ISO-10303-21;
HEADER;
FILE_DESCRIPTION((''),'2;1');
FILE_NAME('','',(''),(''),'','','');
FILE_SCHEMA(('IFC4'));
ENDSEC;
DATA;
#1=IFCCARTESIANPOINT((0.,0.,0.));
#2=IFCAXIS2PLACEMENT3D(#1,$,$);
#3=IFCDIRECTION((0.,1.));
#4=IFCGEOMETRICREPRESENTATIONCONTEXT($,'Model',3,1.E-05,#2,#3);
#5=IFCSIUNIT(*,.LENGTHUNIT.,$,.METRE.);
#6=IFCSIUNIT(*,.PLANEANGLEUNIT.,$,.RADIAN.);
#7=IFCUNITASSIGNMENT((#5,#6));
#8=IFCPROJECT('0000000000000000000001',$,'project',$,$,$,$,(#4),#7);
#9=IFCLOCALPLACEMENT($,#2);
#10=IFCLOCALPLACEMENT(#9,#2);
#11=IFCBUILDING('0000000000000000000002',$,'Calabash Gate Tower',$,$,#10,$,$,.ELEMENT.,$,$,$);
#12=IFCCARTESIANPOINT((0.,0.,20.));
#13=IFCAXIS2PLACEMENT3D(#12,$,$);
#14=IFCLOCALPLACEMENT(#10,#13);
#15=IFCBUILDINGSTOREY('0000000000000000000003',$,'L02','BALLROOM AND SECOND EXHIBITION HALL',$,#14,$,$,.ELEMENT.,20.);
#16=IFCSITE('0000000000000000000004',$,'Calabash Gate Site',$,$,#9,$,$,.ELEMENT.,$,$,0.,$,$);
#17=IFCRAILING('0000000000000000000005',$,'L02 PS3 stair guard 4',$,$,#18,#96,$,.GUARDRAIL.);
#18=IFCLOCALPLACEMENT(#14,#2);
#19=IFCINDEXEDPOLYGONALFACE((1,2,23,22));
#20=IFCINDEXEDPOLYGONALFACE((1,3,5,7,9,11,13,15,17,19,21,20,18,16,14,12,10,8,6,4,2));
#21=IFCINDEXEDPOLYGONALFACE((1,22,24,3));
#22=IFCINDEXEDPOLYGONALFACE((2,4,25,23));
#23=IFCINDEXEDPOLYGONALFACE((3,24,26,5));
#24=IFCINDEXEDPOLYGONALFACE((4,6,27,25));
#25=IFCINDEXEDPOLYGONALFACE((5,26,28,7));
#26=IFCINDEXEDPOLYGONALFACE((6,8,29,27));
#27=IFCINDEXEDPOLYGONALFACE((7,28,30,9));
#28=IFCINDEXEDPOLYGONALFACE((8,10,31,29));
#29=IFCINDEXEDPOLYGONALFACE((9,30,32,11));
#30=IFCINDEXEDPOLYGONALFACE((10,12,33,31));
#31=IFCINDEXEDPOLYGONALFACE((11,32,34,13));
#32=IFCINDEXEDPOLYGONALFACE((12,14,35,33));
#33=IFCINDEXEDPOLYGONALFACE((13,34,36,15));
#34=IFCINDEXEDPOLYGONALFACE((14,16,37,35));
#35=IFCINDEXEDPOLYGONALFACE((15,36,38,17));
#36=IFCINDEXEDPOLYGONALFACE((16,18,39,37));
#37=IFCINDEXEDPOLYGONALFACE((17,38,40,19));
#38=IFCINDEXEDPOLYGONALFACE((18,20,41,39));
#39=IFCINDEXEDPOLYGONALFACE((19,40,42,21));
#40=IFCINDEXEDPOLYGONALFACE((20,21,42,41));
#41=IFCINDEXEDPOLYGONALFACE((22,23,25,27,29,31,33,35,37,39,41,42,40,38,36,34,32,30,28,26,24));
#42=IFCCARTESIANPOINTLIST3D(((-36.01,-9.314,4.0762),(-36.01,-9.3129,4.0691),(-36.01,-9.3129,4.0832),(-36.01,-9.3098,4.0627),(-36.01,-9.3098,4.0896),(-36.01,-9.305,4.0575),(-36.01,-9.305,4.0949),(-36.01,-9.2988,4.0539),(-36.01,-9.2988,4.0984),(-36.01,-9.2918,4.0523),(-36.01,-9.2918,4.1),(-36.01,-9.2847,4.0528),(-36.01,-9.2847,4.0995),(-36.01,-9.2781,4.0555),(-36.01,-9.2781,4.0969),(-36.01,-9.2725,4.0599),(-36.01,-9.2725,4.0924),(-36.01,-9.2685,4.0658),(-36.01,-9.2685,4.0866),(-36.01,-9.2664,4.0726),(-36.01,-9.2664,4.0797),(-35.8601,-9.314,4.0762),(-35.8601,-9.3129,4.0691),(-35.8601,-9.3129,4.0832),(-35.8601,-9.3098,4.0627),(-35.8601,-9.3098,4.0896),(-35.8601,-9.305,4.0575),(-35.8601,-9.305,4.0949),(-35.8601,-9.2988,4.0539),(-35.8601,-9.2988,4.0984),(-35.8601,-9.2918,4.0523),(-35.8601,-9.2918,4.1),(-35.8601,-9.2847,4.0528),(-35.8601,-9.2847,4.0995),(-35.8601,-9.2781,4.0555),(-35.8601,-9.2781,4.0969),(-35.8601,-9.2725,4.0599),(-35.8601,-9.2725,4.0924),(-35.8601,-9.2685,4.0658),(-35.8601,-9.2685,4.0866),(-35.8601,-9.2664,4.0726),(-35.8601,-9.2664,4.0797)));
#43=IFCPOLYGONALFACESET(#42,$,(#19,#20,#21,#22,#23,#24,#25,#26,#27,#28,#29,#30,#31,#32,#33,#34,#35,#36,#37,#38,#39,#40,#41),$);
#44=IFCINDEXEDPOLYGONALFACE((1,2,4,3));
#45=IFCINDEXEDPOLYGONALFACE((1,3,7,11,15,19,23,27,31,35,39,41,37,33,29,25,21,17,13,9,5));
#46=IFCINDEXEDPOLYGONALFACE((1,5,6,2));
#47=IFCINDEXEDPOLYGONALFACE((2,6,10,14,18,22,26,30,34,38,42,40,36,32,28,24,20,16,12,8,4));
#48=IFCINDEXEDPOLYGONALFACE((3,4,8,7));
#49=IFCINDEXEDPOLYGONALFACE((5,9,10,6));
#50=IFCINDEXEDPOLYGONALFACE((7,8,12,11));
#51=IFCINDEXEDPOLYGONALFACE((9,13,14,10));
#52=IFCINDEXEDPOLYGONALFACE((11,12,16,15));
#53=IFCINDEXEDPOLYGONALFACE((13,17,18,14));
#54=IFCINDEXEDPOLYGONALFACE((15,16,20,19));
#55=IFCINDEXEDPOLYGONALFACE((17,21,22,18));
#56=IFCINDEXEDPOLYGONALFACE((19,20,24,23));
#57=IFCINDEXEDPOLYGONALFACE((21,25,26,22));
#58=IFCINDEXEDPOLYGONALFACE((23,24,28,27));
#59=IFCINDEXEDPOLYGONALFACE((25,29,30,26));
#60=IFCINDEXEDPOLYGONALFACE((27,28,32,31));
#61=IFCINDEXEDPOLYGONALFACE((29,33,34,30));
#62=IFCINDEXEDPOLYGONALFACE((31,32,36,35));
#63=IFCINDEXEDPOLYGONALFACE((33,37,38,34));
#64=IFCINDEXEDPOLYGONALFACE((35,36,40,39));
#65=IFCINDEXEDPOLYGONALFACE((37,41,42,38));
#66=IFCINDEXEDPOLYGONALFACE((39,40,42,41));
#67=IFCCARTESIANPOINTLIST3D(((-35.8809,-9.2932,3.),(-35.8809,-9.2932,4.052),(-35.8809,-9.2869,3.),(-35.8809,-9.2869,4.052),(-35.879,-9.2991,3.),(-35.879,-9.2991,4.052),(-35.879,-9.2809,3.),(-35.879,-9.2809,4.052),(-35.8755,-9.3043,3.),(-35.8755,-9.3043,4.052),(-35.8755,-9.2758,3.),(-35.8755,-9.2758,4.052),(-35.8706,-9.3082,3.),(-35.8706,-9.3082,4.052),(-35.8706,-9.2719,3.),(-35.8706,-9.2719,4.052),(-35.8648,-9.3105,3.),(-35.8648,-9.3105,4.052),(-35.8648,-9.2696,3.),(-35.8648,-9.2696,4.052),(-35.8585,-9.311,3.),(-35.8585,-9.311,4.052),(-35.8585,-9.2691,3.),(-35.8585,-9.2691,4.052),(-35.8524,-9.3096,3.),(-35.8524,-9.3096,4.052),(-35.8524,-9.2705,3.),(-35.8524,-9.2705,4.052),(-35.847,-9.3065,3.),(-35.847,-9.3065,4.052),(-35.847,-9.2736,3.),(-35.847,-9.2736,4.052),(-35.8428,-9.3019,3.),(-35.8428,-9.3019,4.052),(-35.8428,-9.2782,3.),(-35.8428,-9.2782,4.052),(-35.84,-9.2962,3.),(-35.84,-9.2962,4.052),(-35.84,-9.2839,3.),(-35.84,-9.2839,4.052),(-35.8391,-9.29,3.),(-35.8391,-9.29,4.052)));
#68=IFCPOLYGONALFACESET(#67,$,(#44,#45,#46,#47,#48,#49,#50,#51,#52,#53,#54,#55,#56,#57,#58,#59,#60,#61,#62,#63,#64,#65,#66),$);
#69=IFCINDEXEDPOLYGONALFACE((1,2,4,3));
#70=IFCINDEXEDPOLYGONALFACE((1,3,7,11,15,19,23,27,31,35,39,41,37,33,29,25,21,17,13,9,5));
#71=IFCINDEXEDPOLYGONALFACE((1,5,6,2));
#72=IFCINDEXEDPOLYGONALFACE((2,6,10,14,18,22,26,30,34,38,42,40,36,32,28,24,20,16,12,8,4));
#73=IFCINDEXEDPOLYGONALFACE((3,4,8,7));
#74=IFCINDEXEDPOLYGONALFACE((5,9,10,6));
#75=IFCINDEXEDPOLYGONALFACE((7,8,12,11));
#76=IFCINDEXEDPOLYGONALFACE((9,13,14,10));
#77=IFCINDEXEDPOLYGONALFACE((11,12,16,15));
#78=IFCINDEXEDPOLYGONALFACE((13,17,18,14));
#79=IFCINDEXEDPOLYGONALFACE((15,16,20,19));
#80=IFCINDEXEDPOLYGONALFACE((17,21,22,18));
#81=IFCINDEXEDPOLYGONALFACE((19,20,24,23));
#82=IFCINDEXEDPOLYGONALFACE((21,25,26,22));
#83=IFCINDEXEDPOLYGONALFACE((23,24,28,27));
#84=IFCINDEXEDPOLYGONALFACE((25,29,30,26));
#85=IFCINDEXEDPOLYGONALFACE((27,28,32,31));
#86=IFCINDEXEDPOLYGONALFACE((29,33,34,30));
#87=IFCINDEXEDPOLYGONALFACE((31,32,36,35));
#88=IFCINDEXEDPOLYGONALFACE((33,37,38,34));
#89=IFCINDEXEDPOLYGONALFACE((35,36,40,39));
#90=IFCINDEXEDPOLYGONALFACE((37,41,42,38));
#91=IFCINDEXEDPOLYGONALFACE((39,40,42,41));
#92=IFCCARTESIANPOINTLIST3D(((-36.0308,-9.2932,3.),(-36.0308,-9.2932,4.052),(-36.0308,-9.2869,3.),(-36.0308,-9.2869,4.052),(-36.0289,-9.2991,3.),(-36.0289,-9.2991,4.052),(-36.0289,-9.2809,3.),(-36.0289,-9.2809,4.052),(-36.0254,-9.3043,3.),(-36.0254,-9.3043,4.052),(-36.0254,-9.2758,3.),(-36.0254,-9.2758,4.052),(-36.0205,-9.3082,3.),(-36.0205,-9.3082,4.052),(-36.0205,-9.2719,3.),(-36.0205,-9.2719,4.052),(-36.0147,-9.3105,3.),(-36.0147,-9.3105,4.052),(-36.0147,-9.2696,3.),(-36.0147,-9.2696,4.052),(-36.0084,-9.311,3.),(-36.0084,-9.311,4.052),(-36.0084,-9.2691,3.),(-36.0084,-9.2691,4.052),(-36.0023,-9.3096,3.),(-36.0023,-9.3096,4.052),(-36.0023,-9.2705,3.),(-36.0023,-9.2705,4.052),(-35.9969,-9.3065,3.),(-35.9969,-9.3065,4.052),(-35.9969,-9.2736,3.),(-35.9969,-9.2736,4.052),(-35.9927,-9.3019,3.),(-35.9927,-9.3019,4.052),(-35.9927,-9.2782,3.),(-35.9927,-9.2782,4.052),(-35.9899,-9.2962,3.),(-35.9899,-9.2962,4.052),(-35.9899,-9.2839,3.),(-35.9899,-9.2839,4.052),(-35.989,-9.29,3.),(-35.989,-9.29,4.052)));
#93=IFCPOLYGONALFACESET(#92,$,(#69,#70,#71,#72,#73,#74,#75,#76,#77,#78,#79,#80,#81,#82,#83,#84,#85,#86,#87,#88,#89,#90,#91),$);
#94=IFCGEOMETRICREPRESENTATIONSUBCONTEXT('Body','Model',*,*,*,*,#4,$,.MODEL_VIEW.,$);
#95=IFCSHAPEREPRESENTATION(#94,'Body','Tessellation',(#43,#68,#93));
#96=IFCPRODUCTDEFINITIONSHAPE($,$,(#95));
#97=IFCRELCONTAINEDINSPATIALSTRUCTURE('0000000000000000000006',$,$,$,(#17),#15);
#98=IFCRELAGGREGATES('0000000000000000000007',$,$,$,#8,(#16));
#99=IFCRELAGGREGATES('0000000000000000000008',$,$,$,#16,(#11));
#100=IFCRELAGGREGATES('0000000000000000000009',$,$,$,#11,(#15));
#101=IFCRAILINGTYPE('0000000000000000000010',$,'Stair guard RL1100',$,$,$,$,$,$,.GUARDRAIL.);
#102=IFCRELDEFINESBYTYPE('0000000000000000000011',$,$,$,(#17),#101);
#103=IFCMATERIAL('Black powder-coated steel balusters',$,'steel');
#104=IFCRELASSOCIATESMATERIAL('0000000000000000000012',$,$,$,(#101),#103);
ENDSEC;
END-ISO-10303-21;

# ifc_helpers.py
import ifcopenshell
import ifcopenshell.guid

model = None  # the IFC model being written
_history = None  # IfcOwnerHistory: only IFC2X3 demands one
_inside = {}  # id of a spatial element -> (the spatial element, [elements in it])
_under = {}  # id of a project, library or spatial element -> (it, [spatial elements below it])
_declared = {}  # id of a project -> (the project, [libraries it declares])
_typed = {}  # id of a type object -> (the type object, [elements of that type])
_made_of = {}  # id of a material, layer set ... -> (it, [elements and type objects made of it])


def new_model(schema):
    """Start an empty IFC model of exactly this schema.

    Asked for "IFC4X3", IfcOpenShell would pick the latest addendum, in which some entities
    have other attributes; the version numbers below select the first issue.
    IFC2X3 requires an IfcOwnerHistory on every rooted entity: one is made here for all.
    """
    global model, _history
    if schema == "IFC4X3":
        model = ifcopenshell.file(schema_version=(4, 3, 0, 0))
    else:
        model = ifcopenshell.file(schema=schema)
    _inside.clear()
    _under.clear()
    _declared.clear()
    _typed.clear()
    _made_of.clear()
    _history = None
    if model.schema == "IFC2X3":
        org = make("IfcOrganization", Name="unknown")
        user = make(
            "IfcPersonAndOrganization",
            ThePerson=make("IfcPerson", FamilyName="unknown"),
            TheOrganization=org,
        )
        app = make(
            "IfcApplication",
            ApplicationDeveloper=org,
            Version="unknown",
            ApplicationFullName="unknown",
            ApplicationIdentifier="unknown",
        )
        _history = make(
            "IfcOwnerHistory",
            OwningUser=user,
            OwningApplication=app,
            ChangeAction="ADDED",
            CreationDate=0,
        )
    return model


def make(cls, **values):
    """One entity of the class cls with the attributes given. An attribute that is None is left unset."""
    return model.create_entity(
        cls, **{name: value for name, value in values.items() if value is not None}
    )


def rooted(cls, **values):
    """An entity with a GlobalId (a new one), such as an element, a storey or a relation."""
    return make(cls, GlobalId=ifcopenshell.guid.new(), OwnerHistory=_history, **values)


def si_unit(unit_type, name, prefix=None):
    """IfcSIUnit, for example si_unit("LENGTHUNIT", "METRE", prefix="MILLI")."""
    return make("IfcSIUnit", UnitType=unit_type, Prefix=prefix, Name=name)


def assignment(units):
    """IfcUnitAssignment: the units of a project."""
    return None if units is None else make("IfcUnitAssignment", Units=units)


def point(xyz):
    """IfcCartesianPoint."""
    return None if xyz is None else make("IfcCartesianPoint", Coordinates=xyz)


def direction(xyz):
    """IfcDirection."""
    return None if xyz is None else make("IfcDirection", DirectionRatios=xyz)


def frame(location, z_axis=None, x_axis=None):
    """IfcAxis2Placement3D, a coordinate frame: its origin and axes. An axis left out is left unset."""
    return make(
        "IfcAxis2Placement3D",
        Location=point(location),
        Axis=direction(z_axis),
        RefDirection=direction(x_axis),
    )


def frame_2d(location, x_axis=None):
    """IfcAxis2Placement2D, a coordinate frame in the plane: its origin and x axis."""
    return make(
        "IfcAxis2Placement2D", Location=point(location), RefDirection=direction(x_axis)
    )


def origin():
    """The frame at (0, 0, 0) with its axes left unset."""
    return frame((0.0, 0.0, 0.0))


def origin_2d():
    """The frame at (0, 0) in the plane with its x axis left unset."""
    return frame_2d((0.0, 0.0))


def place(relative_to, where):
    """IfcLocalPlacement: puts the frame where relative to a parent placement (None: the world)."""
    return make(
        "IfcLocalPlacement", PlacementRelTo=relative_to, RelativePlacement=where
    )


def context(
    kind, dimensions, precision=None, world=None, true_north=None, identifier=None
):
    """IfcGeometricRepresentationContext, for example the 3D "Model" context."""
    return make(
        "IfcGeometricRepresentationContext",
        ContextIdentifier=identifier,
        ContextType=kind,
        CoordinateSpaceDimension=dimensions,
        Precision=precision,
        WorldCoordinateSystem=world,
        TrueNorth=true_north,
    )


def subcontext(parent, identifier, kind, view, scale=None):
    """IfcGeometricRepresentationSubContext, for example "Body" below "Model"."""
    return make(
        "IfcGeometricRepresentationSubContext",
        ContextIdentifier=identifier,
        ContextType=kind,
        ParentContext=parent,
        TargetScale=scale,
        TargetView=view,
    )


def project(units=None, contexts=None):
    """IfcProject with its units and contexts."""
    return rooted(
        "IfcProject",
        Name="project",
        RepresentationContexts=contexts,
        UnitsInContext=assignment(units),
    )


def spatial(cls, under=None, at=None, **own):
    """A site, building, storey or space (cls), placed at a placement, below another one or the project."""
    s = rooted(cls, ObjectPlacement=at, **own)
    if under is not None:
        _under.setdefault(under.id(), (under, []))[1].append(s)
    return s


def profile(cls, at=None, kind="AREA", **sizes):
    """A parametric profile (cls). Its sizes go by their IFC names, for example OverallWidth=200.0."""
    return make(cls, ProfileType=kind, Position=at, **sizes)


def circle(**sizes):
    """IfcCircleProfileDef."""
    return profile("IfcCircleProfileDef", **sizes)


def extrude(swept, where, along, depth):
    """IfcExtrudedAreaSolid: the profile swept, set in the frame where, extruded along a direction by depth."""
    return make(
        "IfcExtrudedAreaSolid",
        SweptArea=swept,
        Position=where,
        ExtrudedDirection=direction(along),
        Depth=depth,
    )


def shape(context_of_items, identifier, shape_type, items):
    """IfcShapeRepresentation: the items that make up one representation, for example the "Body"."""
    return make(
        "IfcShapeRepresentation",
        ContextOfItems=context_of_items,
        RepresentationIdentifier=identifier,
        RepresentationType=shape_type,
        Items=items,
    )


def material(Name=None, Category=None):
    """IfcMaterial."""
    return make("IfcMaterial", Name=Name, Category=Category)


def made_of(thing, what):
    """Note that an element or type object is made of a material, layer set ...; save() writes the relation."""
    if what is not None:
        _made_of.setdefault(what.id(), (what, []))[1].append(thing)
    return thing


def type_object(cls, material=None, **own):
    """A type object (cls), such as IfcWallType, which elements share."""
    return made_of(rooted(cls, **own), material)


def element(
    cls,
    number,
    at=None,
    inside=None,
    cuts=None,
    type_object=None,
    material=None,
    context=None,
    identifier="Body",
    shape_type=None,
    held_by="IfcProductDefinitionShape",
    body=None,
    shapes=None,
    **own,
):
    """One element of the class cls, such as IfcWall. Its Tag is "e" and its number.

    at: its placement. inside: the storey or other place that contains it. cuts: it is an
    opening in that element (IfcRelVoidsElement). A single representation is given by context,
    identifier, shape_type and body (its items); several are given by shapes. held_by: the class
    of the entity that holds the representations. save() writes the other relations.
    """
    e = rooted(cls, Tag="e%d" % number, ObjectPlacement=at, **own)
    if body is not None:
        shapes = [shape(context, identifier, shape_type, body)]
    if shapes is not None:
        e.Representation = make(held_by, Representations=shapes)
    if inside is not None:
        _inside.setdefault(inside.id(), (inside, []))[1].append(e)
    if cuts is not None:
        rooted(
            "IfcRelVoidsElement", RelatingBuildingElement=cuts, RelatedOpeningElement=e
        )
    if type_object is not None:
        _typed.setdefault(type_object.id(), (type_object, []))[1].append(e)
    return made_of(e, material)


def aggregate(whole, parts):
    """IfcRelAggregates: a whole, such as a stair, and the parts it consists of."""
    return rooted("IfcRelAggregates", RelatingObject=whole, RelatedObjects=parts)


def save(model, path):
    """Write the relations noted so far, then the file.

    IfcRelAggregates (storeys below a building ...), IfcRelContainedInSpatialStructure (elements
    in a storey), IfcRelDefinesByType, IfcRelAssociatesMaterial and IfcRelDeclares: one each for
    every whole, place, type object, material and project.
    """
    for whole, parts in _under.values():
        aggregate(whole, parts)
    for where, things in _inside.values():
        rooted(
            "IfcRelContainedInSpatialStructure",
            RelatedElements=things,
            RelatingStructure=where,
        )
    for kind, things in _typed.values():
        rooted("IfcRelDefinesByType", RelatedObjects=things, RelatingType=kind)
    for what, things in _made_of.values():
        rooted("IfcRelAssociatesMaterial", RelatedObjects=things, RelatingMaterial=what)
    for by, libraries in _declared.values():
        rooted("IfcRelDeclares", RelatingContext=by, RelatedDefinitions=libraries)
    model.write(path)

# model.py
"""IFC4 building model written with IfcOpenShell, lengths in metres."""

from ifc_helpers import new_model, si_unit, direction, frame, origin, origin_2d, place, context, subcontext, project, spatial, circle, extrude, material, type_object, element, save


model = new_model("IFC4")

# Units and contexts
model_context = context("Model", 3, precision=1e-05, world=origin(), true_north=direction((0.0, 1.0)))
body_context = subcontext(model_context, "Body", "Model", "MODEL_VIEW")
ifc_project = project(units=[si_unit("LENGTHUNIT", "METRE"), si_unit("PLANEANGLEUNIT", "RADIAN")], contexts=[model_context])

# Site, building, storey
site_placement = place(None, origin())
site = spatial("IfcSite", under=ifc_project, at=site_placement, Name="Calabash Gate Site", CompositionType="ELEMENT", RefElevation=0.0)
building_placement = place(site_placement, origin())
building = spatial("IfcBuilding", under=site, at=building_placement, Name="Calabash Gate Tower", CompositionType="ELEMENT")
storey_placement = place(building_placement, frame((0.0, 0.0, 20.0)))
storey = spatial("IfcBuildingStorey", under=building, at=storey_placement, Name="L02", Description="BALLROOM AND SECOND EXHIBITION HALL", CompositionType="ELEMENT", Elevation=20.0)

# Railing
ifc_material_1 = material(Name="Black powder-coated steel balusters", Category="steel")
railing_type_1 = type_object("IfcRailingType", Name="Stair guard RL1100", PredefinedType="GUARDRAIL", material=ifc_material_1)
railing_1_placement = place(storey_placement, frame((-35.8601, -9.29, 3.0)))
element("IfcRailing", 1, at=railing_1_placement, inside=storey, type_object=railing_type_1, Name="L02 PS3 stair guard 4", PredefinedType="GUARDRAIL", context=body_context, shape_type="SweptSolid", body=[
    extrude(circle(Radius=0.0239, at=origin_2d()), frame((0.0, 0.0, 1.0762), z_axis=(-1.0, 0.0, 0.0), x_axis=(0.0, -1.0, 0.0)), (0.0, 0.0, 1.0), 0.1499),
    extrude(circle(Radius=0.021, at=origin_2d()), origin(), (0.0, 0.0, 1.0), 1.052),
    extrude(circle(Radius=0.021, at=origin_2d()), frame((-0.1499, 0.0, 0.0)), (0.0, 0.0, 1.0), 1.052),
])

save(model, "model.ifc")
